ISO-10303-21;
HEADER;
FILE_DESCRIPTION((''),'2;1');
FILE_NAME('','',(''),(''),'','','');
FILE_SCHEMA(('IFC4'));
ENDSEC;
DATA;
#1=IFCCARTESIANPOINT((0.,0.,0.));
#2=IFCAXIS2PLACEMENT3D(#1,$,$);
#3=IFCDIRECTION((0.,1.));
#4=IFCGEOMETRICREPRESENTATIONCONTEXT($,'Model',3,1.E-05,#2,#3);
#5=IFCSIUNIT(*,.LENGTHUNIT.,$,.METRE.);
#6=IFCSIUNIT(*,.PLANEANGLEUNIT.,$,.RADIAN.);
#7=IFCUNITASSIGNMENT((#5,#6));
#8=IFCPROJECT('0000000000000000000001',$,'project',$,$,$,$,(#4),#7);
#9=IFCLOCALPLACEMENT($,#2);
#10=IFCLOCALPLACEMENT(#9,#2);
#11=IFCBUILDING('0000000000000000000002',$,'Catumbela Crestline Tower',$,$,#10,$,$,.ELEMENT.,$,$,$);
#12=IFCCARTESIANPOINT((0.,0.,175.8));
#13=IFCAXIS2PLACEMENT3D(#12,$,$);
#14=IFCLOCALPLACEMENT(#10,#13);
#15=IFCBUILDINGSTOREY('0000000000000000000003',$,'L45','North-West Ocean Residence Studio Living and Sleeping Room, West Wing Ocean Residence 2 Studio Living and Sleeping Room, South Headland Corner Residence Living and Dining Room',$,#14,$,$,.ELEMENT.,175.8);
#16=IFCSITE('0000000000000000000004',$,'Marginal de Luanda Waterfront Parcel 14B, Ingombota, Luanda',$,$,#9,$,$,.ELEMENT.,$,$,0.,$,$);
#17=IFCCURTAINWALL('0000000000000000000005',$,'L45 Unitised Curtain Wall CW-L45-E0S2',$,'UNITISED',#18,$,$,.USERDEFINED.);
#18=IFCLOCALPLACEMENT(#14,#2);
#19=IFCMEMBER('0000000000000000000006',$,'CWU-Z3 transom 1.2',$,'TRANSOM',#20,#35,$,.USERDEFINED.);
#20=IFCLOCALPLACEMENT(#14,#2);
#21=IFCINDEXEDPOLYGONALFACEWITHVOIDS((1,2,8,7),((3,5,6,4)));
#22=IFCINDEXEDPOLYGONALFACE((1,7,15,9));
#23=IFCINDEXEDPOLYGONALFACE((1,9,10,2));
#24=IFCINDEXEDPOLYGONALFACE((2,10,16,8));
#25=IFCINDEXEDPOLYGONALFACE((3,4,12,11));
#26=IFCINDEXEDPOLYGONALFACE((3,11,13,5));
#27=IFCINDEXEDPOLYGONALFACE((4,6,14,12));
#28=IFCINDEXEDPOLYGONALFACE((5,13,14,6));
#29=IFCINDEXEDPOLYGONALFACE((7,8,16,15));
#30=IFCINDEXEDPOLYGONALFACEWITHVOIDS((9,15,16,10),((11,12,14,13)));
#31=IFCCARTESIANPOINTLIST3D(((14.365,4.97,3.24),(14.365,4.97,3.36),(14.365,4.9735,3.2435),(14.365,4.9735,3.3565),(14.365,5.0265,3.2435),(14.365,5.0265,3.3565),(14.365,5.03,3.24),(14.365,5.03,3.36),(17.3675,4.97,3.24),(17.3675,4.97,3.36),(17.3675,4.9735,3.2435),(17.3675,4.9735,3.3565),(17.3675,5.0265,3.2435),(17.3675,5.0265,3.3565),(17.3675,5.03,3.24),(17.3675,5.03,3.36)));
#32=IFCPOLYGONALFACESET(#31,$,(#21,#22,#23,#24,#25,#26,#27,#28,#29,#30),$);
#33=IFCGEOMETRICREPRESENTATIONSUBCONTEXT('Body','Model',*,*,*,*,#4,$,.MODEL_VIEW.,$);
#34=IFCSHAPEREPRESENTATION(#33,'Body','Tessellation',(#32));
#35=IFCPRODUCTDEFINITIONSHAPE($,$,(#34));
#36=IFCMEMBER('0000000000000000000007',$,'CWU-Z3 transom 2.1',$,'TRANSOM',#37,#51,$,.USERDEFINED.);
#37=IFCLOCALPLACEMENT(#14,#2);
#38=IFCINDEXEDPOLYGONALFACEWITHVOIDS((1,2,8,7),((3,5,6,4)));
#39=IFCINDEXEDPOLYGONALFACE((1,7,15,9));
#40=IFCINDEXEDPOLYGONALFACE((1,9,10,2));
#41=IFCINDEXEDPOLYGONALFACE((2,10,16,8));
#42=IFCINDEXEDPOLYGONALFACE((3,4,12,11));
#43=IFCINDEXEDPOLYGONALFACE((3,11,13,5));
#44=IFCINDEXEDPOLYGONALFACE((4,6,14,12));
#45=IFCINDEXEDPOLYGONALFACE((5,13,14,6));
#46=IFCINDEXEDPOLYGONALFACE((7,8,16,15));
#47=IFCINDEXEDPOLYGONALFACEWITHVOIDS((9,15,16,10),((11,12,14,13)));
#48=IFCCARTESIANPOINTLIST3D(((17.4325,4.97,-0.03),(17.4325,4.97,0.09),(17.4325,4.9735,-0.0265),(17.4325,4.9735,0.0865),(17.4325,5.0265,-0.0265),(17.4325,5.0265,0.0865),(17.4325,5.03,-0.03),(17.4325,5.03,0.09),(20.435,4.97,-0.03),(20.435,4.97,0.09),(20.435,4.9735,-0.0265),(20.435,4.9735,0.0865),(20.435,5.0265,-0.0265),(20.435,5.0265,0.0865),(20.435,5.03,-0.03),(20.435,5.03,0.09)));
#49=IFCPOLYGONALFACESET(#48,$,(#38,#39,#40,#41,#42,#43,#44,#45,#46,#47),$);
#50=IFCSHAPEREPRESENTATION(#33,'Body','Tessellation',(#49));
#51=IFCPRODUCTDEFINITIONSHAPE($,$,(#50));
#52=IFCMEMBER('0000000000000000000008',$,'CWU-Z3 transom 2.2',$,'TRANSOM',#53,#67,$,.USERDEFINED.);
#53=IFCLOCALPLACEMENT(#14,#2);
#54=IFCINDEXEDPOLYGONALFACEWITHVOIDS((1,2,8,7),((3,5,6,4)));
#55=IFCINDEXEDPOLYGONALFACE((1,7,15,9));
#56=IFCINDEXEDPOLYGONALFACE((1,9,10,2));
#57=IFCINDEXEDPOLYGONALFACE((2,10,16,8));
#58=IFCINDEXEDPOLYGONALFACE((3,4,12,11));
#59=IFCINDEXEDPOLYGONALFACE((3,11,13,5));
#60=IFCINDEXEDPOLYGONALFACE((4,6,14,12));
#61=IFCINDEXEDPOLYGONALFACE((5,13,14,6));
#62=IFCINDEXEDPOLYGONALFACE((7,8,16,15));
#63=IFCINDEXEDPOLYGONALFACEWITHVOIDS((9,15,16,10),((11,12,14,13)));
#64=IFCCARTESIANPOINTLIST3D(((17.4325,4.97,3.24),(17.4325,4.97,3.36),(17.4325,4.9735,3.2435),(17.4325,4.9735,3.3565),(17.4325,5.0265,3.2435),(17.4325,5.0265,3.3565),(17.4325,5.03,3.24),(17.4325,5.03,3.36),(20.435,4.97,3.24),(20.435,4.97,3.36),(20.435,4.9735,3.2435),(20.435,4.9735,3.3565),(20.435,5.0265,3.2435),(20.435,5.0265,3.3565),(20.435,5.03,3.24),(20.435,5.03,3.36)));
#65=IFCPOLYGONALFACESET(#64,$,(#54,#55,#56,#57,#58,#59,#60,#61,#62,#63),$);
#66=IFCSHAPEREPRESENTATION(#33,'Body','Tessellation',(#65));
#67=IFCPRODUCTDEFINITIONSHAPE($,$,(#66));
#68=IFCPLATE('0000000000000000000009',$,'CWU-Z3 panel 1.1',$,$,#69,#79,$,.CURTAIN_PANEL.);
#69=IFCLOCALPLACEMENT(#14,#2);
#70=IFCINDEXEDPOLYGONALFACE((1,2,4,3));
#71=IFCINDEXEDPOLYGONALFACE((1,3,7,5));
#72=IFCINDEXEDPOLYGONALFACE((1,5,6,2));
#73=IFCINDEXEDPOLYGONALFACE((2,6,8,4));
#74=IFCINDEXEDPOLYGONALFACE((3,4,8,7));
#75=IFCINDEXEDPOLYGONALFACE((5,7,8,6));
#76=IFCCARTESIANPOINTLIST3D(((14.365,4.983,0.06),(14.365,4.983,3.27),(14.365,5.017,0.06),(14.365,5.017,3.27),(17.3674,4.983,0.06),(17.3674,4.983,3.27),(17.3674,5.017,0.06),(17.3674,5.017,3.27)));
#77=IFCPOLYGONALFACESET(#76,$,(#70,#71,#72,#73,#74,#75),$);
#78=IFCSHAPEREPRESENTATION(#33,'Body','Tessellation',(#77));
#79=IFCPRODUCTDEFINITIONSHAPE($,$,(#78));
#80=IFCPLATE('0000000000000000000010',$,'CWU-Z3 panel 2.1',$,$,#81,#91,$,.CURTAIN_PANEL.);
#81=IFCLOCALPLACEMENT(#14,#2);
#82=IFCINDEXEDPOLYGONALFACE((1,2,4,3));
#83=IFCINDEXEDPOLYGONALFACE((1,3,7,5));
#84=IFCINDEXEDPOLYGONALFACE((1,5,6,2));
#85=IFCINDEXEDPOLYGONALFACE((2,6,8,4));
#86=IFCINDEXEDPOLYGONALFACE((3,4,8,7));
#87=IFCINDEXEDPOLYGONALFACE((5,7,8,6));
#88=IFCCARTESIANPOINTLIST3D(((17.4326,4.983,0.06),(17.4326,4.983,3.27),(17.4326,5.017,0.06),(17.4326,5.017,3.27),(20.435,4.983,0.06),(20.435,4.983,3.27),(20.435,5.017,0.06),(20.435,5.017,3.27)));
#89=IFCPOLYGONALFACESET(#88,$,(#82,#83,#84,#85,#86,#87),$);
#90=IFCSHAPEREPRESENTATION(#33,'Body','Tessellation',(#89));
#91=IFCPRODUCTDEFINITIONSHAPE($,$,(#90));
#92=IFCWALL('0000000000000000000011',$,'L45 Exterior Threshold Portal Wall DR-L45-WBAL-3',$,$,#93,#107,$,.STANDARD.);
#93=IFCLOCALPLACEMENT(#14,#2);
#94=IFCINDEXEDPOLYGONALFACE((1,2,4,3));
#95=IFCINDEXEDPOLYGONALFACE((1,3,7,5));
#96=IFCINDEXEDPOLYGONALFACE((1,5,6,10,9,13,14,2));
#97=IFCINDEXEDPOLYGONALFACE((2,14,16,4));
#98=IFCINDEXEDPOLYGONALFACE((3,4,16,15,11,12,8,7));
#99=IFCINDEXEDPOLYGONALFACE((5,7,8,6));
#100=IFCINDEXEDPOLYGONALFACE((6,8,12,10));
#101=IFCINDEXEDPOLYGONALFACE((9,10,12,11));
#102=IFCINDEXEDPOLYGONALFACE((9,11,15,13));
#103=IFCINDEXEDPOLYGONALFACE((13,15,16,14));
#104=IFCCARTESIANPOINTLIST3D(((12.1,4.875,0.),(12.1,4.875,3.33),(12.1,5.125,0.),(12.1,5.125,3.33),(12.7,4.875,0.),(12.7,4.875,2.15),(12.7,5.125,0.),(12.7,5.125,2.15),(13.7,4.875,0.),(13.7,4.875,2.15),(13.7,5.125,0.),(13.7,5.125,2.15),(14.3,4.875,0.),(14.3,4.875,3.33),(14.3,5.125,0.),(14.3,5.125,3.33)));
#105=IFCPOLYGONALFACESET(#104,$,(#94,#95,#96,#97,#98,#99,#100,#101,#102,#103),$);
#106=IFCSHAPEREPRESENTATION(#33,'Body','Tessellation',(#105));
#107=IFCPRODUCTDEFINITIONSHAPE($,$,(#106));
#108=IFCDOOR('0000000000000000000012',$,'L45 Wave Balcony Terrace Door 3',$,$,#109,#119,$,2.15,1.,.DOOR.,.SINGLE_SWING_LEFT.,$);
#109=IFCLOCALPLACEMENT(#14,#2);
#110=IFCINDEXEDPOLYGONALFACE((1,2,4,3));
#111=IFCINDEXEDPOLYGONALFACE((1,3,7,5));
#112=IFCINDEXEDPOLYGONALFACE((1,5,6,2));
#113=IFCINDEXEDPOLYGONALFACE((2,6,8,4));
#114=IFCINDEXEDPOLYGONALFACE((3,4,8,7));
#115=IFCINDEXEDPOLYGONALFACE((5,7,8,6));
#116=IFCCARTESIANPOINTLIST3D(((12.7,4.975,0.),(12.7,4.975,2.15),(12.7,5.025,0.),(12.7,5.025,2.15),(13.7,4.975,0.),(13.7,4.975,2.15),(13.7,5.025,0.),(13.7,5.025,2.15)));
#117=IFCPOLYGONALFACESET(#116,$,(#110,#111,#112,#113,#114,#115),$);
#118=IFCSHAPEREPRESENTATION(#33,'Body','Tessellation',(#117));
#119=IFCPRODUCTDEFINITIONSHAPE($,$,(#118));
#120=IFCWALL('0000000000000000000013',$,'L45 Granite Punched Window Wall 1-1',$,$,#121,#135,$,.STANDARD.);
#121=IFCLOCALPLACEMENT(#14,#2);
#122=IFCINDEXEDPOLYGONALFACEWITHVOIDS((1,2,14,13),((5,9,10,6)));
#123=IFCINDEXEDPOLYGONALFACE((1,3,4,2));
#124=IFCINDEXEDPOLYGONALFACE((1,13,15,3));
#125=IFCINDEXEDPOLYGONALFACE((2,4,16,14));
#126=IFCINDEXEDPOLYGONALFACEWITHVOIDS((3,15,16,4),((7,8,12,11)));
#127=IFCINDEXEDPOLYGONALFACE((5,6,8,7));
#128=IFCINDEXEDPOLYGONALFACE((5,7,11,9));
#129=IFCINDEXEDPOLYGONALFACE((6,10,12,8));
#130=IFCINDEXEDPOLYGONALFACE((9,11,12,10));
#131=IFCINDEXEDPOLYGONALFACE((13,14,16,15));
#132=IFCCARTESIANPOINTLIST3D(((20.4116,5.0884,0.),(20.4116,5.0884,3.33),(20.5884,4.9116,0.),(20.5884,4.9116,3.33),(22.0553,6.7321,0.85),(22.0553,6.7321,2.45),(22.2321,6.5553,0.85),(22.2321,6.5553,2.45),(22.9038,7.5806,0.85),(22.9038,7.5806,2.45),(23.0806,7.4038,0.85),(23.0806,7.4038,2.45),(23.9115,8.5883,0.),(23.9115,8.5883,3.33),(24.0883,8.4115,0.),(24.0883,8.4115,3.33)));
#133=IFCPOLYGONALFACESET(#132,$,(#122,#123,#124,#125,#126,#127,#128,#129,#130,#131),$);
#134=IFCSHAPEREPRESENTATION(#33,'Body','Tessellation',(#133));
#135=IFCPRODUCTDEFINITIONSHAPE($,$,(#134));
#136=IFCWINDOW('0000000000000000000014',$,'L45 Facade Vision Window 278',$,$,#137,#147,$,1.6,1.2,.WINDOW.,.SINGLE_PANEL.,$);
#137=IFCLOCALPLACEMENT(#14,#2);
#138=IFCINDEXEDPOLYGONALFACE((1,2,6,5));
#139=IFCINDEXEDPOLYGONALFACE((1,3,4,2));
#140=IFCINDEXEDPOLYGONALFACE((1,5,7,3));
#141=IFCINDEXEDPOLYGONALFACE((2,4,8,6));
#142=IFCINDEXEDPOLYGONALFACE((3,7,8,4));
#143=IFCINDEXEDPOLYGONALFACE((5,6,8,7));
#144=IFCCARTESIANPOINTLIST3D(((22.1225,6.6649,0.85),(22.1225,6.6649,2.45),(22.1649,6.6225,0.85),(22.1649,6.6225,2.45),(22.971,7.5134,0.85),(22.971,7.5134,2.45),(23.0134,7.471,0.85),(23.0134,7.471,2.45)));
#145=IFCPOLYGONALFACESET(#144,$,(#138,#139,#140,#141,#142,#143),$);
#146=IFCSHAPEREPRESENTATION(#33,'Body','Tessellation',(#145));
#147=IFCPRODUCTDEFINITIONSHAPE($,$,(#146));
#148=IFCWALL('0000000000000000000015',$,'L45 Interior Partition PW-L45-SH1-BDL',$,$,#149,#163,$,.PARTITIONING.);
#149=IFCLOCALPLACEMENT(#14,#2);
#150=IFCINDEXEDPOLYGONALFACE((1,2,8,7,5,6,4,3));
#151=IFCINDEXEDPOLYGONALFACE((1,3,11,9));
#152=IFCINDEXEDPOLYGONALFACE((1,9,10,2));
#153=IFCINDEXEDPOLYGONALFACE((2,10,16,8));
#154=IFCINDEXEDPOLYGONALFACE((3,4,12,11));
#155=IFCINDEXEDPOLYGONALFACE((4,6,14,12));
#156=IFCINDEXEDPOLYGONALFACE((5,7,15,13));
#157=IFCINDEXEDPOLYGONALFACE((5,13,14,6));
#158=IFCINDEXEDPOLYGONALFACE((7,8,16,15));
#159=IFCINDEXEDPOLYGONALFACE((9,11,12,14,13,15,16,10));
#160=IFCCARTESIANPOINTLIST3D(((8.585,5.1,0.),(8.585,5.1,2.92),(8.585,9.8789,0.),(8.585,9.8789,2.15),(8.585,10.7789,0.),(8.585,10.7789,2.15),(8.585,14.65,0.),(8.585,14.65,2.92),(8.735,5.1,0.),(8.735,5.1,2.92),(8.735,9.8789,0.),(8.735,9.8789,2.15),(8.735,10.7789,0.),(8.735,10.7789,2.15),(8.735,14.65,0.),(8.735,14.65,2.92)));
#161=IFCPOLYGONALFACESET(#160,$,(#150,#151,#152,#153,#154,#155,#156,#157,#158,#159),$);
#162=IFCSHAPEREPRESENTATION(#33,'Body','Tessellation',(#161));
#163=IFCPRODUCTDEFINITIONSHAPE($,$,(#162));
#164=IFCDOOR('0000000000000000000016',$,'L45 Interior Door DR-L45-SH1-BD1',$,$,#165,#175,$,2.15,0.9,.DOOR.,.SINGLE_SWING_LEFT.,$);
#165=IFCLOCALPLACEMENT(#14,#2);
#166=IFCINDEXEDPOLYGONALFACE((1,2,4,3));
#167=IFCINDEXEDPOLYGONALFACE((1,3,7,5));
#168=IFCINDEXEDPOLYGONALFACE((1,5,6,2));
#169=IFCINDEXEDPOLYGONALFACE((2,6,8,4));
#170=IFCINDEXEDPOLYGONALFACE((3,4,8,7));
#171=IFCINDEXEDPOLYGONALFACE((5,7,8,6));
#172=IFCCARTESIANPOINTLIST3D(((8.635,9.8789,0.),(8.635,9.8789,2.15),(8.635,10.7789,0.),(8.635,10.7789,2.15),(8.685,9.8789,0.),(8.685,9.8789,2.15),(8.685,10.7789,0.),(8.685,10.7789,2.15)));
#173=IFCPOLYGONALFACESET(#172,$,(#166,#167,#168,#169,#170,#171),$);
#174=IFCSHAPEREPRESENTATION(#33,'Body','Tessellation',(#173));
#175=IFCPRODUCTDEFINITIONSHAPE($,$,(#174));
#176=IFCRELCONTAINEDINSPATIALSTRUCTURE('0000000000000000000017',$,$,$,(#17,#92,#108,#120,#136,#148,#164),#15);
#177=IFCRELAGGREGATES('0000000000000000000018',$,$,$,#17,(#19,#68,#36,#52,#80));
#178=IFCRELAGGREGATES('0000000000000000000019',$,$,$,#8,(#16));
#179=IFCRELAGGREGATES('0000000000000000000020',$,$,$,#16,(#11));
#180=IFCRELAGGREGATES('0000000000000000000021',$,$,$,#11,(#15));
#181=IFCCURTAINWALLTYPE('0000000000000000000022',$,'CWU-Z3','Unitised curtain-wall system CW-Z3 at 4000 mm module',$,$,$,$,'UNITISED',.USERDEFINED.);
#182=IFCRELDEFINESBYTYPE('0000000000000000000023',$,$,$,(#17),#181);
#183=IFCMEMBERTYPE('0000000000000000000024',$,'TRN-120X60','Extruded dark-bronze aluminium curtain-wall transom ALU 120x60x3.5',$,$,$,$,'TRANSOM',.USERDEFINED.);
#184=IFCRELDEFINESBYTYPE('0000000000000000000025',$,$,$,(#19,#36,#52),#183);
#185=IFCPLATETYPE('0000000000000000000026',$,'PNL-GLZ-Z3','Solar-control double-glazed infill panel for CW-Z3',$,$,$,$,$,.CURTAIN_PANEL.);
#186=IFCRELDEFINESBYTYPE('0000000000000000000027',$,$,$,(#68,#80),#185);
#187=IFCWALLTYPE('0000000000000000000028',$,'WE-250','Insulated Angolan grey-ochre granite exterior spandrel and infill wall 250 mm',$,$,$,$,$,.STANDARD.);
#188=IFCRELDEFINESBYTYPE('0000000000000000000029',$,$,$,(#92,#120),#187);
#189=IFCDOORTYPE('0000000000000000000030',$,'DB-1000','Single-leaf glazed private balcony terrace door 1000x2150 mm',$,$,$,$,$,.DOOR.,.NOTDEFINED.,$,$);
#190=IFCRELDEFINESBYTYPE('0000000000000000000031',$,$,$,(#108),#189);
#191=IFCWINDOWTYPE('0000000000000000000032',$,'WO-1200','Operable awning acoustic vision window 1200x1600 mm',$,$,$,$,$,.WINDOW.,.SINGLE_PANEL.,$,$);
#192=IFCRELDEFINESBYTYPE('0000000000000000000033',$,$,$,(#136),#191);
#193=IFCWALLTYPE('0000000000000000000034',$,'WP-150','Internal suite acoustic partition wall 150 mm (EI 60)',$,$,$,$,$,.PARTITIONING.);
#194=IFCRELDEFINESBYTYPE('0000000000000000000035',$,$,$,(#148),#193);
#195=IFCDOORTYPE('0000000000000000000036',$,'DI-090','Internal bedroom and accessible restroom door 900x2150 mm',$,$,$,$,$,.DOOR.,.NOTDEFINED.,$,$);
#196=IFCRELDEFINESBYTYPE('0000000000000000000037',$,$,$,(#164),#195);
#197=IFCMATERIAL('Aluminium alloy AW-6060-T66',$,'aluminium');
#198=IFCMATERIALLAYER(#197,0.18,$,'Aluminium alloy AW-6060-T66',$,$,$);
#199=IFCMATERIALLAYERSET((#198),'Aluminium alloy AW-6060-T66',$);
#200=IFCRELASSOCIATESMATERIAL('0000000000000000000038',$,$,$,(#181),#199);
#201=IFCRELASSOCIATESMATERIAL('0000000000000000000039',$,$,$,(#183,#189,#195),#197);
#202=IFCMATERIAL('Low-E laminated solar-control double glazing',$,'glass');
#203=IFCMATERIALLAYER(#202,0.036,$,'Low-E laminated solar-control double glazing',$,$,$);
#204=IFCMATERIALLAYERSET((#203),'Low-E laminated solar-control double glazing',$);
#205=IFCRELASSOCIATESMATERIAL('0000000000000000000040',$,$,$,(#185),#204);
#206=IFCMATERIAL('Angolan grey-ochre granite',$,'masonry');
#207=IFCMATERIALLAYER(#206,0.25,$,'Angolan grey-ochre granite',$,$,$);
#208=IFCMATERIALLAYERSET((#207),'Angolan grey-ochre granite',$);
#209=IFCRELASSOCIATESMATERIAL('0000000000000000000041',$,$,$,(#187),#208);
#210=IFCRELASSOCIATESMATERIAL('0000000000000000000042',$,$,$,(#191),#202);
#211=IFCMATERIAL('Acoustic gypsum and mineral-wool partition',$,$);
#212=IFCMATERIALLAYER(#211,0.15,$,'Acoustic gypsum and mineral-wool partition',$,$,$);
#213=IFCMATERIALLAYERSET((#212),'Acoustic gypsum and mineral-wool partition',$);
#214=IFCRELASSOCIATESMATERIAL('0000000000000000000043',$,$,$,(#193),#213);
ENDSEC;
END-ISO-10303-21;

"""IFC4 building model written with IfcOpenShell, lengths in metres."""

from ifc_helpers import new_model, si_unit, direction, frame, frame_2d, origin, origin_2d, place, context, subcontext, project, spatial, rectangle, hollow_rectangle, extrude, material, layer, layer_set, material_profile, profile_set, type_object, element, fill, aggregate, save


model = new_model("IFC4")

# Units and contexts
model_context = context("Model", 3, precision=1e-05, world=origin(), true_north=direction((0.0, 1.0)))
body_context = subcontext(model_context, "Body", "Model", "MODEL_VIEW")
ifc_project = project(units=[si_unit("LENGTHUNIT", "METRE"), si_unit("PLANEANGLEUNIT", "RADIAN")], contexts=[model_context])

# Site, building, storey
site_placement = place(None, origin())
site = spatial("IfcSite", under=ifc_project, at=site_placement, Name="Marginal de Luanda Waterfront Parcel 14B, Ingombota, Luanda", CompositionType="ELEMENT", RefElevation=0.0)
building_placement = place(site_placement, origin())
building = spatial("IfcBuilding", under=site, at=building_placement, Name="Catumbela Crestline Tower", CompositionType="ELEMENT")
storey_placement = place(building_placement, frame((0.0, 0.0, 175.8)))
storey = spatial("IfcBuildingStorey", under=building, at=storey_placement, Name="L45", Description="North-West Ocean Residence Studio Living and Sleeping Room, West Wing Ocean Residence 2 Studio Living and Sleeping Room, South Headland Corner Residence Living and Dining Room", CompositionType="ELEMENT", Elevation=175.8)

# Curtain wall, members, plates
ifc_material_1 = material(Name="Aluminium alloy AW-6060-T66", Category="aluminium")
ifc_layer_1 = layer(ifc_material_1, 0.18, Name="Aluminium alloy AW-6060-T66")
ifc_layer_set_1 = layer_set([ifc_layer_1], Name="Aluminium alloy AW-6060-T66")
curtain_wall_type = type_object("IfcCurtainWallType", Name="CWU-Z3", Description="Unitised curtain-wall system CW-Z3 at 4000 mm module", ElementType="UNITISED", PredefinedType="USERDEFINED", material=ifc_layer_set_1)
curtain_wall_placement = place(storey_placement, origin())
curtain_wall = element("IfcCurtainWall", 1, at=curtain_wall_placement, inside=storey, type_object=curtain_wall_type, Name="L45 Unitised Curtain Wall CW-L45-E0S2", ObjectType="UNITISED", PredefinedType="USERDEFINED")
ifc_material_profile_1 = material_profile(ifc_material_1, hollow_rectangle(XDim=0.06, YDim=0.12, WallThickness=0.0035, at=origin_2d()), Name="ALU 120x60x3.5")
ifc_profile_set_1 = profile_set([ifc_material_profile_1], Name="Aluminium alloy AW-6060-T66")
member_type_1 = type_object("IfcMemberType", Name="TRN-120X60", Description="Extruded dark-bronze aluminium curtain-wall transom ALU 120x60x3.5", ElementType="TRANSOM", PredefinedType="USERDEFINED", material=ifc_profile_set_1)
member_1_placement = place(storey_placement, frame((14.365, 5.0, 3.3), z_axis=(1.0, 0.0, 0.0), x_axis=(0.0, 1.0, 0.0)))
member_1 = element("IfcMember", 2, at=member_1_placement, type_object=member_type_1, Name="CWU-Z3 transom 1.2", ObjectType="TRANSOM", PredefinedType="USERDEFINED", context=body_context, shape_type="SweptSolid", body=[
    extrude(hollow_rectangle(XDim=0.06, YDim=0.12, WallThickness=0.0035, at=origin_2d()), origin(), (0.0, 0.0, 1.0), 3.0025),
])
member_2_placement = place(storey_placement, frame((17.4325, 5.0, 0.03), z_axis=(1.0, 0.0, 0.0), x_axis=(0.0, 1.0, 0.0)))
member_2 = element("IfcMember", 3, at=member_2_placement, type_object=member_type_1, Name="CWU-Z3 transom 2.1", ObjectType="TRANSOM", PredefinedType="USERDEFINED", context=body_context, shape_type="SweptSolid", body=[
    extrude(hollow_rectangle(XDim=0.06, YDim=0.12, WallThickness=0.0035, at=origin_2d()), origin(), (0.0, 0.0, 1.0), 3.0025),
])
member_3_placement = place(storey_placement, frame((17.4325, 5.0, 3.3), z_axis=(1.0, 0.0, 0.0), x_axis=(0.0, 1.0, 0.0)))
member_3 = element("IfcMember", 4, at=member_3_placement, type_object=member_type_1, Name="CWU-Z3 transom 2.2", ObjectType="TRANSOM", PredefinedType="USERDEFINED", context=body_context, shape_type="SweptSolid", body=[
    extrude(hollow_rectangle(XDim=0.06, YDim=0.12, WallThickness=0.0035, at=origin_2d()), origin(), (0.0, 0.0, 1.0), 3.0025),
])
ifc_material_2 = material(Name="Low-E laminated solar-control double glazing", Category="glass")
ifc_layer_2 = layer(ifc_material_2, 0.036, Name="Low-E laminated solar-control double glazing")
ifc_layer_set_2 = layer_set([ifc_layer_2], Name="Low-E laminated solar-control double glazing")
plate_type = type_object("IfcPlateType", Name="PNL-GLZ-Z3", Description="Solar-control double-glazed infill panel for CW-Z3", PredefinedType="CURTAIN_PANEL", material=ifc_layer_set_2)
plate_1_placement = place(storey_placement, frame((15.8662, 5.0, 0.06), z_axis=(0.0, 0.0, 1.0), x_axis=(1.0, 0.0, 0.0)))
plate_1 = element("IfcPlate", 5, at=plate_1_placement, type_object=plate_type, Name="CWU-Z3 panel 1.1", PredefinedType="CURTAIN_PANEL", context=body_context, shape_type="SweptSolid", body=[
    extrude(rectangle(XDim=3.0025, YDim=0.034, at=origin_2d()), origin(), (0.0, 0.0, 1.0), 3.21),
])
plate_2_placement = place(storey_placement, frame((18.9338, 5.0, 0.06), z_axis=(0.0, 0.0, 1.0), x_axis=(1.0, 0.0, 0.0)))
plate_2 = element("IfcPlate", 6, at=plate_2_placement, type_object=plate_type, Name="CWU-Z3 panel 2.1", PredefinedType="CURTAIN_PANEL", context=body_context, shape_type="SweptSolid", body=[
    extrude(rectangle(XDim=3.0025, YDim=0.034, at=origin_2d()), origin(), (0.0, 0.0, 1.0), 3.21),
])
aggregate(curtain_wall, [member_1, plate_1, member_2, member_3, plate_2])

# Wall, opening, door
ifc_material_3 = material(Name="Angolan grey-ochre granite", Category="masonry")
ifc_layer_3 = layer(ifc_material_3, 0.25, Name="Angolan grey-ochre granite")
ifc_layer_set_3 = layer_set([ifc_layer_3], Name="Angolan grey-ochre granite")
wall_type_1 = type_object("IfcWallType", Name="WE-250", Description="Insulated Angolan grey-ochre granite exterior spandrel and infill wall 250 mm", PredefinedType="STANDARD", material=ifc_layer_set_3)
wall_1_placement = place(storey_placement, frame((12.1, 5.0, 0.0), z_axis=(0.0, 0.0, 1.0), x_axis=(1.0, 0.0, 0.0)))
wall_1 = element("IfcWall", 7, at=wall_1_placement, inside=storey, type_object=wall_type_1, Name="L45 Exterior Threshold Portal Wall DR-L45-WBAL-3", PredefinedType="STANDARD", context=body_context, shape_type="SweptSolid", body=[
    extrude(rectangle(XDim=2.2, YDim=0.25, at=frame_2d((1.1, 0.0))), origin(), (0.0, 0.0, 1.0), 3.33),
])
opening_1_placement = place(wall_1_placement, frame((0.6, 0.0, 0.0)))
opening_1 = element("IfcOpeningElement", 8, at=opening_1_placement, cuts=wall_1, PredefinedType="OPENING", context=body_context, shape_type="SweptSolid", body=[
    extrude(rectangle(XDim=1.0, YDim=2.15, at=frame_2d((0.5, 1.075))), frame((0.0, 0.135, 0.0), z_axis=(0.0, -1.0, 0.0), x_axis=(1.0, 0.0, 0.0)), (0.0, 0.0, 1.0), 0.27),
])
door_type_1 = type_object("IfcDoorType", Name="DB-1000", Description="Single-leaf glazed private balcony terrace door 1000x2150 mm", OperationType="NOTDEFINED", PredefinedType="DOOR", material=ifc_material_1)
door_1_placement = place(opening_1_placement, origin())
door_1 = element("IfcDoor", 9, at=door_1_placement, inside=storey, type_object=door_type_1, Name="L45 Wave Balcony Terrace Door 3", OperationType="SINGLE_SWING_LEFT", OverallHeight=2.15, OverallWidth=1.0, PredefinedType="DOOR", context=body_context, shape_type="SweptSolid", body=[
    extrude(rectangle(XDim=1.0, YDim=2.15, at=frame_2d((0.5, 1.075))), frame((0.0, 0.025, 0.0), z_axis=(0.0, -1.0, 0.0), x_axis=(1.0, 0.0, 0.0)), (0.0, 0.0, 1.0), 0.05),
])
fill(opening_1, door_1)

# Wall, opening, window
wall_2_placement = place(storey_placement, frame((20.5, 5.0, 0.0), z_axis=(0.0, 0.0, 1.0), x_axis=(0.707107, 0.707107, 0.0)))
wall_2 = element("IfcWall", 10, at=wall_2_placement, inside=storey, type_object=wall_type_1, Name="L45 Granite Punched Window Wall 1-1", PredefinedType="STANDARD", context=body_context, shape_type="SweptSolid", body=[
    extrude(rectangle(XDim=4.9497, YDim=0.25, at=frame_2d((2.4748, 0.0))), origin(), (0.0, 0.0, 1.0), 3.33),
])
opening_2_placement = place(wall_2_placement, frame((2.3245, 0.0, 0.85)))
opening_2 = element("IfcOpeningElement", 11, at=opening_2_placement, cuts=wall_2, PredefinedType="OPENING", context=body_context, shape_type="SweptSolid", body=[
    extrude(rectangle(XDim=1.2, YDim=1.6, at=frame_2d((0.6, 0.8))), frame((0.0, 0.135, 0.0), z_axis=(0.0, -1.0, 0.0), x_axis=(1.0, 0.0, 0.0)), (0.0, 0.0, 1.0), 0.27),
])
window_type = type_object("IfcWindowType", Name="WO-1200", Description="Operable awning acoustic vision window 1200x1600 mm", PartitioningType="SINGLE_PANEL", PredefinedType="WINDOW", material=ifc_material_2)
window_placement = place(opening_2_placement, origin())
window = element("IfcWindow", 12, at=window_placement, inside=storey, type_object=window_type, Name="L45 Facade Vision Window 278", OverallHeight=1.6, OverallWidth=1.2, PartitioningType="SINGLE_PANEL", PredefinedType="WINDOW", context=body_context, shape_type="SweptSolid", body=[
    extrude(rectangle(XDim=1.2, YDim=1.6, at=frame_2d((0.6, 0.8))), frame((0.0, 0.03, 0.0), z_axis=(0.0, -1.0, 0.0), x_axis=(1.0, 0.0, 0.0)), (0.0, 0.0, 1.0), 0.06),
])
fill(opening_2, window)

# Wall, opening, door
ifc_material_4 = material(Name="Acoustic gypsum and mineral-wool partition")
ifc_layer_4 = layer(ifc_material_4, 0.15, Name="Acoustic gypsum and mineral-wool partition")
ifc_layer_set_4 = layer_set([ifc_layer_4], Name="Acoustic gypsum and mineral-wool partition")
wall_type_2 = type_object("IfcWallType", Name="WP-150", Description="Internal suite acoustic partition wall 150 mm (EI 60)", PredefinedType="PARTITIONING", material=ifc_layer_set_4)
wall_3_placement = place(storey_placement, frame((8.66, 5.1, 0.0), z_axis=(0.0, 0.0, 1.0), x_axis=(0.0, 1.0, 0.0)))
wall_3 = element("IfcWall", 13, at=wall_3_placement, inside=storey, type_object=wall_type_2, Name="L45 Interior Partition PW-L45-SH1-BDL", PredefinedType="PARTITIONING", context=body_context, shape_type="SweptSolid", body=[
    extrude(rectangle(XDim=9.55, YDim=0.15, at=frame_2d((4.775, 0.0))), origin(), (0.0, 0.0, 1.0), 2.92),
])
opening_3_placement = place(wall_3_placement, frame((4.7789, 0.0, 0.0)))
opening_3 = element("IfcOpeningElement", 14, at=opening_3_placement, cuts=wall_3, PredefinedType="OPENING", context=body_context, shape_type="SweptSolid", body=[
    extrude(rectangle(XDim=0.9, YDim=2.15, at=frame_2d((0.45, 1.075))), frame((0.0, 0.085, 0.0), z_axis=(0.0, -1.0, 0.0), x_axis=(1.0, 0.0, 0.0)), (0.0, 0.0, 1.0), 0.17),
])
door_type_2 = type_object("IfcDoorType", Name="DI-090", Description="Internal bedroom and accessible restroom door 900x2150 mm", OperationType="NOTDEFINED", PredefinedType="DOOR", material=ifc_material_1)
door_2_placement = place(opening_3_placement, origin())
door_2 = element("IfcDoor", 15, at=door_2_placement, inside=storey, type_object=door_type_2, Name="L45 Interior Door DR-L45-SH1-BD1", OperationType="SINGLE_SWING_LEFT", OverallHeight=2.15, OverallWidth=0.9, PredefinedType="DOOR", context=body_context, shape_type="SweptSolid", body=[
    extrude(rectangle(XDim=0.9, YDim=2.15, at=frame_2d((0.45, 1.075))), frame((0.0, 0.025, 0.0), z_axis=(0.0, -1.0, 0.0), x_axis=(1.0, 0.0, 0.0)), (0.0, 0.0, 1.0), 0.05),
])
fill(opening_3, door_2)

save(model, "model.ifc")
